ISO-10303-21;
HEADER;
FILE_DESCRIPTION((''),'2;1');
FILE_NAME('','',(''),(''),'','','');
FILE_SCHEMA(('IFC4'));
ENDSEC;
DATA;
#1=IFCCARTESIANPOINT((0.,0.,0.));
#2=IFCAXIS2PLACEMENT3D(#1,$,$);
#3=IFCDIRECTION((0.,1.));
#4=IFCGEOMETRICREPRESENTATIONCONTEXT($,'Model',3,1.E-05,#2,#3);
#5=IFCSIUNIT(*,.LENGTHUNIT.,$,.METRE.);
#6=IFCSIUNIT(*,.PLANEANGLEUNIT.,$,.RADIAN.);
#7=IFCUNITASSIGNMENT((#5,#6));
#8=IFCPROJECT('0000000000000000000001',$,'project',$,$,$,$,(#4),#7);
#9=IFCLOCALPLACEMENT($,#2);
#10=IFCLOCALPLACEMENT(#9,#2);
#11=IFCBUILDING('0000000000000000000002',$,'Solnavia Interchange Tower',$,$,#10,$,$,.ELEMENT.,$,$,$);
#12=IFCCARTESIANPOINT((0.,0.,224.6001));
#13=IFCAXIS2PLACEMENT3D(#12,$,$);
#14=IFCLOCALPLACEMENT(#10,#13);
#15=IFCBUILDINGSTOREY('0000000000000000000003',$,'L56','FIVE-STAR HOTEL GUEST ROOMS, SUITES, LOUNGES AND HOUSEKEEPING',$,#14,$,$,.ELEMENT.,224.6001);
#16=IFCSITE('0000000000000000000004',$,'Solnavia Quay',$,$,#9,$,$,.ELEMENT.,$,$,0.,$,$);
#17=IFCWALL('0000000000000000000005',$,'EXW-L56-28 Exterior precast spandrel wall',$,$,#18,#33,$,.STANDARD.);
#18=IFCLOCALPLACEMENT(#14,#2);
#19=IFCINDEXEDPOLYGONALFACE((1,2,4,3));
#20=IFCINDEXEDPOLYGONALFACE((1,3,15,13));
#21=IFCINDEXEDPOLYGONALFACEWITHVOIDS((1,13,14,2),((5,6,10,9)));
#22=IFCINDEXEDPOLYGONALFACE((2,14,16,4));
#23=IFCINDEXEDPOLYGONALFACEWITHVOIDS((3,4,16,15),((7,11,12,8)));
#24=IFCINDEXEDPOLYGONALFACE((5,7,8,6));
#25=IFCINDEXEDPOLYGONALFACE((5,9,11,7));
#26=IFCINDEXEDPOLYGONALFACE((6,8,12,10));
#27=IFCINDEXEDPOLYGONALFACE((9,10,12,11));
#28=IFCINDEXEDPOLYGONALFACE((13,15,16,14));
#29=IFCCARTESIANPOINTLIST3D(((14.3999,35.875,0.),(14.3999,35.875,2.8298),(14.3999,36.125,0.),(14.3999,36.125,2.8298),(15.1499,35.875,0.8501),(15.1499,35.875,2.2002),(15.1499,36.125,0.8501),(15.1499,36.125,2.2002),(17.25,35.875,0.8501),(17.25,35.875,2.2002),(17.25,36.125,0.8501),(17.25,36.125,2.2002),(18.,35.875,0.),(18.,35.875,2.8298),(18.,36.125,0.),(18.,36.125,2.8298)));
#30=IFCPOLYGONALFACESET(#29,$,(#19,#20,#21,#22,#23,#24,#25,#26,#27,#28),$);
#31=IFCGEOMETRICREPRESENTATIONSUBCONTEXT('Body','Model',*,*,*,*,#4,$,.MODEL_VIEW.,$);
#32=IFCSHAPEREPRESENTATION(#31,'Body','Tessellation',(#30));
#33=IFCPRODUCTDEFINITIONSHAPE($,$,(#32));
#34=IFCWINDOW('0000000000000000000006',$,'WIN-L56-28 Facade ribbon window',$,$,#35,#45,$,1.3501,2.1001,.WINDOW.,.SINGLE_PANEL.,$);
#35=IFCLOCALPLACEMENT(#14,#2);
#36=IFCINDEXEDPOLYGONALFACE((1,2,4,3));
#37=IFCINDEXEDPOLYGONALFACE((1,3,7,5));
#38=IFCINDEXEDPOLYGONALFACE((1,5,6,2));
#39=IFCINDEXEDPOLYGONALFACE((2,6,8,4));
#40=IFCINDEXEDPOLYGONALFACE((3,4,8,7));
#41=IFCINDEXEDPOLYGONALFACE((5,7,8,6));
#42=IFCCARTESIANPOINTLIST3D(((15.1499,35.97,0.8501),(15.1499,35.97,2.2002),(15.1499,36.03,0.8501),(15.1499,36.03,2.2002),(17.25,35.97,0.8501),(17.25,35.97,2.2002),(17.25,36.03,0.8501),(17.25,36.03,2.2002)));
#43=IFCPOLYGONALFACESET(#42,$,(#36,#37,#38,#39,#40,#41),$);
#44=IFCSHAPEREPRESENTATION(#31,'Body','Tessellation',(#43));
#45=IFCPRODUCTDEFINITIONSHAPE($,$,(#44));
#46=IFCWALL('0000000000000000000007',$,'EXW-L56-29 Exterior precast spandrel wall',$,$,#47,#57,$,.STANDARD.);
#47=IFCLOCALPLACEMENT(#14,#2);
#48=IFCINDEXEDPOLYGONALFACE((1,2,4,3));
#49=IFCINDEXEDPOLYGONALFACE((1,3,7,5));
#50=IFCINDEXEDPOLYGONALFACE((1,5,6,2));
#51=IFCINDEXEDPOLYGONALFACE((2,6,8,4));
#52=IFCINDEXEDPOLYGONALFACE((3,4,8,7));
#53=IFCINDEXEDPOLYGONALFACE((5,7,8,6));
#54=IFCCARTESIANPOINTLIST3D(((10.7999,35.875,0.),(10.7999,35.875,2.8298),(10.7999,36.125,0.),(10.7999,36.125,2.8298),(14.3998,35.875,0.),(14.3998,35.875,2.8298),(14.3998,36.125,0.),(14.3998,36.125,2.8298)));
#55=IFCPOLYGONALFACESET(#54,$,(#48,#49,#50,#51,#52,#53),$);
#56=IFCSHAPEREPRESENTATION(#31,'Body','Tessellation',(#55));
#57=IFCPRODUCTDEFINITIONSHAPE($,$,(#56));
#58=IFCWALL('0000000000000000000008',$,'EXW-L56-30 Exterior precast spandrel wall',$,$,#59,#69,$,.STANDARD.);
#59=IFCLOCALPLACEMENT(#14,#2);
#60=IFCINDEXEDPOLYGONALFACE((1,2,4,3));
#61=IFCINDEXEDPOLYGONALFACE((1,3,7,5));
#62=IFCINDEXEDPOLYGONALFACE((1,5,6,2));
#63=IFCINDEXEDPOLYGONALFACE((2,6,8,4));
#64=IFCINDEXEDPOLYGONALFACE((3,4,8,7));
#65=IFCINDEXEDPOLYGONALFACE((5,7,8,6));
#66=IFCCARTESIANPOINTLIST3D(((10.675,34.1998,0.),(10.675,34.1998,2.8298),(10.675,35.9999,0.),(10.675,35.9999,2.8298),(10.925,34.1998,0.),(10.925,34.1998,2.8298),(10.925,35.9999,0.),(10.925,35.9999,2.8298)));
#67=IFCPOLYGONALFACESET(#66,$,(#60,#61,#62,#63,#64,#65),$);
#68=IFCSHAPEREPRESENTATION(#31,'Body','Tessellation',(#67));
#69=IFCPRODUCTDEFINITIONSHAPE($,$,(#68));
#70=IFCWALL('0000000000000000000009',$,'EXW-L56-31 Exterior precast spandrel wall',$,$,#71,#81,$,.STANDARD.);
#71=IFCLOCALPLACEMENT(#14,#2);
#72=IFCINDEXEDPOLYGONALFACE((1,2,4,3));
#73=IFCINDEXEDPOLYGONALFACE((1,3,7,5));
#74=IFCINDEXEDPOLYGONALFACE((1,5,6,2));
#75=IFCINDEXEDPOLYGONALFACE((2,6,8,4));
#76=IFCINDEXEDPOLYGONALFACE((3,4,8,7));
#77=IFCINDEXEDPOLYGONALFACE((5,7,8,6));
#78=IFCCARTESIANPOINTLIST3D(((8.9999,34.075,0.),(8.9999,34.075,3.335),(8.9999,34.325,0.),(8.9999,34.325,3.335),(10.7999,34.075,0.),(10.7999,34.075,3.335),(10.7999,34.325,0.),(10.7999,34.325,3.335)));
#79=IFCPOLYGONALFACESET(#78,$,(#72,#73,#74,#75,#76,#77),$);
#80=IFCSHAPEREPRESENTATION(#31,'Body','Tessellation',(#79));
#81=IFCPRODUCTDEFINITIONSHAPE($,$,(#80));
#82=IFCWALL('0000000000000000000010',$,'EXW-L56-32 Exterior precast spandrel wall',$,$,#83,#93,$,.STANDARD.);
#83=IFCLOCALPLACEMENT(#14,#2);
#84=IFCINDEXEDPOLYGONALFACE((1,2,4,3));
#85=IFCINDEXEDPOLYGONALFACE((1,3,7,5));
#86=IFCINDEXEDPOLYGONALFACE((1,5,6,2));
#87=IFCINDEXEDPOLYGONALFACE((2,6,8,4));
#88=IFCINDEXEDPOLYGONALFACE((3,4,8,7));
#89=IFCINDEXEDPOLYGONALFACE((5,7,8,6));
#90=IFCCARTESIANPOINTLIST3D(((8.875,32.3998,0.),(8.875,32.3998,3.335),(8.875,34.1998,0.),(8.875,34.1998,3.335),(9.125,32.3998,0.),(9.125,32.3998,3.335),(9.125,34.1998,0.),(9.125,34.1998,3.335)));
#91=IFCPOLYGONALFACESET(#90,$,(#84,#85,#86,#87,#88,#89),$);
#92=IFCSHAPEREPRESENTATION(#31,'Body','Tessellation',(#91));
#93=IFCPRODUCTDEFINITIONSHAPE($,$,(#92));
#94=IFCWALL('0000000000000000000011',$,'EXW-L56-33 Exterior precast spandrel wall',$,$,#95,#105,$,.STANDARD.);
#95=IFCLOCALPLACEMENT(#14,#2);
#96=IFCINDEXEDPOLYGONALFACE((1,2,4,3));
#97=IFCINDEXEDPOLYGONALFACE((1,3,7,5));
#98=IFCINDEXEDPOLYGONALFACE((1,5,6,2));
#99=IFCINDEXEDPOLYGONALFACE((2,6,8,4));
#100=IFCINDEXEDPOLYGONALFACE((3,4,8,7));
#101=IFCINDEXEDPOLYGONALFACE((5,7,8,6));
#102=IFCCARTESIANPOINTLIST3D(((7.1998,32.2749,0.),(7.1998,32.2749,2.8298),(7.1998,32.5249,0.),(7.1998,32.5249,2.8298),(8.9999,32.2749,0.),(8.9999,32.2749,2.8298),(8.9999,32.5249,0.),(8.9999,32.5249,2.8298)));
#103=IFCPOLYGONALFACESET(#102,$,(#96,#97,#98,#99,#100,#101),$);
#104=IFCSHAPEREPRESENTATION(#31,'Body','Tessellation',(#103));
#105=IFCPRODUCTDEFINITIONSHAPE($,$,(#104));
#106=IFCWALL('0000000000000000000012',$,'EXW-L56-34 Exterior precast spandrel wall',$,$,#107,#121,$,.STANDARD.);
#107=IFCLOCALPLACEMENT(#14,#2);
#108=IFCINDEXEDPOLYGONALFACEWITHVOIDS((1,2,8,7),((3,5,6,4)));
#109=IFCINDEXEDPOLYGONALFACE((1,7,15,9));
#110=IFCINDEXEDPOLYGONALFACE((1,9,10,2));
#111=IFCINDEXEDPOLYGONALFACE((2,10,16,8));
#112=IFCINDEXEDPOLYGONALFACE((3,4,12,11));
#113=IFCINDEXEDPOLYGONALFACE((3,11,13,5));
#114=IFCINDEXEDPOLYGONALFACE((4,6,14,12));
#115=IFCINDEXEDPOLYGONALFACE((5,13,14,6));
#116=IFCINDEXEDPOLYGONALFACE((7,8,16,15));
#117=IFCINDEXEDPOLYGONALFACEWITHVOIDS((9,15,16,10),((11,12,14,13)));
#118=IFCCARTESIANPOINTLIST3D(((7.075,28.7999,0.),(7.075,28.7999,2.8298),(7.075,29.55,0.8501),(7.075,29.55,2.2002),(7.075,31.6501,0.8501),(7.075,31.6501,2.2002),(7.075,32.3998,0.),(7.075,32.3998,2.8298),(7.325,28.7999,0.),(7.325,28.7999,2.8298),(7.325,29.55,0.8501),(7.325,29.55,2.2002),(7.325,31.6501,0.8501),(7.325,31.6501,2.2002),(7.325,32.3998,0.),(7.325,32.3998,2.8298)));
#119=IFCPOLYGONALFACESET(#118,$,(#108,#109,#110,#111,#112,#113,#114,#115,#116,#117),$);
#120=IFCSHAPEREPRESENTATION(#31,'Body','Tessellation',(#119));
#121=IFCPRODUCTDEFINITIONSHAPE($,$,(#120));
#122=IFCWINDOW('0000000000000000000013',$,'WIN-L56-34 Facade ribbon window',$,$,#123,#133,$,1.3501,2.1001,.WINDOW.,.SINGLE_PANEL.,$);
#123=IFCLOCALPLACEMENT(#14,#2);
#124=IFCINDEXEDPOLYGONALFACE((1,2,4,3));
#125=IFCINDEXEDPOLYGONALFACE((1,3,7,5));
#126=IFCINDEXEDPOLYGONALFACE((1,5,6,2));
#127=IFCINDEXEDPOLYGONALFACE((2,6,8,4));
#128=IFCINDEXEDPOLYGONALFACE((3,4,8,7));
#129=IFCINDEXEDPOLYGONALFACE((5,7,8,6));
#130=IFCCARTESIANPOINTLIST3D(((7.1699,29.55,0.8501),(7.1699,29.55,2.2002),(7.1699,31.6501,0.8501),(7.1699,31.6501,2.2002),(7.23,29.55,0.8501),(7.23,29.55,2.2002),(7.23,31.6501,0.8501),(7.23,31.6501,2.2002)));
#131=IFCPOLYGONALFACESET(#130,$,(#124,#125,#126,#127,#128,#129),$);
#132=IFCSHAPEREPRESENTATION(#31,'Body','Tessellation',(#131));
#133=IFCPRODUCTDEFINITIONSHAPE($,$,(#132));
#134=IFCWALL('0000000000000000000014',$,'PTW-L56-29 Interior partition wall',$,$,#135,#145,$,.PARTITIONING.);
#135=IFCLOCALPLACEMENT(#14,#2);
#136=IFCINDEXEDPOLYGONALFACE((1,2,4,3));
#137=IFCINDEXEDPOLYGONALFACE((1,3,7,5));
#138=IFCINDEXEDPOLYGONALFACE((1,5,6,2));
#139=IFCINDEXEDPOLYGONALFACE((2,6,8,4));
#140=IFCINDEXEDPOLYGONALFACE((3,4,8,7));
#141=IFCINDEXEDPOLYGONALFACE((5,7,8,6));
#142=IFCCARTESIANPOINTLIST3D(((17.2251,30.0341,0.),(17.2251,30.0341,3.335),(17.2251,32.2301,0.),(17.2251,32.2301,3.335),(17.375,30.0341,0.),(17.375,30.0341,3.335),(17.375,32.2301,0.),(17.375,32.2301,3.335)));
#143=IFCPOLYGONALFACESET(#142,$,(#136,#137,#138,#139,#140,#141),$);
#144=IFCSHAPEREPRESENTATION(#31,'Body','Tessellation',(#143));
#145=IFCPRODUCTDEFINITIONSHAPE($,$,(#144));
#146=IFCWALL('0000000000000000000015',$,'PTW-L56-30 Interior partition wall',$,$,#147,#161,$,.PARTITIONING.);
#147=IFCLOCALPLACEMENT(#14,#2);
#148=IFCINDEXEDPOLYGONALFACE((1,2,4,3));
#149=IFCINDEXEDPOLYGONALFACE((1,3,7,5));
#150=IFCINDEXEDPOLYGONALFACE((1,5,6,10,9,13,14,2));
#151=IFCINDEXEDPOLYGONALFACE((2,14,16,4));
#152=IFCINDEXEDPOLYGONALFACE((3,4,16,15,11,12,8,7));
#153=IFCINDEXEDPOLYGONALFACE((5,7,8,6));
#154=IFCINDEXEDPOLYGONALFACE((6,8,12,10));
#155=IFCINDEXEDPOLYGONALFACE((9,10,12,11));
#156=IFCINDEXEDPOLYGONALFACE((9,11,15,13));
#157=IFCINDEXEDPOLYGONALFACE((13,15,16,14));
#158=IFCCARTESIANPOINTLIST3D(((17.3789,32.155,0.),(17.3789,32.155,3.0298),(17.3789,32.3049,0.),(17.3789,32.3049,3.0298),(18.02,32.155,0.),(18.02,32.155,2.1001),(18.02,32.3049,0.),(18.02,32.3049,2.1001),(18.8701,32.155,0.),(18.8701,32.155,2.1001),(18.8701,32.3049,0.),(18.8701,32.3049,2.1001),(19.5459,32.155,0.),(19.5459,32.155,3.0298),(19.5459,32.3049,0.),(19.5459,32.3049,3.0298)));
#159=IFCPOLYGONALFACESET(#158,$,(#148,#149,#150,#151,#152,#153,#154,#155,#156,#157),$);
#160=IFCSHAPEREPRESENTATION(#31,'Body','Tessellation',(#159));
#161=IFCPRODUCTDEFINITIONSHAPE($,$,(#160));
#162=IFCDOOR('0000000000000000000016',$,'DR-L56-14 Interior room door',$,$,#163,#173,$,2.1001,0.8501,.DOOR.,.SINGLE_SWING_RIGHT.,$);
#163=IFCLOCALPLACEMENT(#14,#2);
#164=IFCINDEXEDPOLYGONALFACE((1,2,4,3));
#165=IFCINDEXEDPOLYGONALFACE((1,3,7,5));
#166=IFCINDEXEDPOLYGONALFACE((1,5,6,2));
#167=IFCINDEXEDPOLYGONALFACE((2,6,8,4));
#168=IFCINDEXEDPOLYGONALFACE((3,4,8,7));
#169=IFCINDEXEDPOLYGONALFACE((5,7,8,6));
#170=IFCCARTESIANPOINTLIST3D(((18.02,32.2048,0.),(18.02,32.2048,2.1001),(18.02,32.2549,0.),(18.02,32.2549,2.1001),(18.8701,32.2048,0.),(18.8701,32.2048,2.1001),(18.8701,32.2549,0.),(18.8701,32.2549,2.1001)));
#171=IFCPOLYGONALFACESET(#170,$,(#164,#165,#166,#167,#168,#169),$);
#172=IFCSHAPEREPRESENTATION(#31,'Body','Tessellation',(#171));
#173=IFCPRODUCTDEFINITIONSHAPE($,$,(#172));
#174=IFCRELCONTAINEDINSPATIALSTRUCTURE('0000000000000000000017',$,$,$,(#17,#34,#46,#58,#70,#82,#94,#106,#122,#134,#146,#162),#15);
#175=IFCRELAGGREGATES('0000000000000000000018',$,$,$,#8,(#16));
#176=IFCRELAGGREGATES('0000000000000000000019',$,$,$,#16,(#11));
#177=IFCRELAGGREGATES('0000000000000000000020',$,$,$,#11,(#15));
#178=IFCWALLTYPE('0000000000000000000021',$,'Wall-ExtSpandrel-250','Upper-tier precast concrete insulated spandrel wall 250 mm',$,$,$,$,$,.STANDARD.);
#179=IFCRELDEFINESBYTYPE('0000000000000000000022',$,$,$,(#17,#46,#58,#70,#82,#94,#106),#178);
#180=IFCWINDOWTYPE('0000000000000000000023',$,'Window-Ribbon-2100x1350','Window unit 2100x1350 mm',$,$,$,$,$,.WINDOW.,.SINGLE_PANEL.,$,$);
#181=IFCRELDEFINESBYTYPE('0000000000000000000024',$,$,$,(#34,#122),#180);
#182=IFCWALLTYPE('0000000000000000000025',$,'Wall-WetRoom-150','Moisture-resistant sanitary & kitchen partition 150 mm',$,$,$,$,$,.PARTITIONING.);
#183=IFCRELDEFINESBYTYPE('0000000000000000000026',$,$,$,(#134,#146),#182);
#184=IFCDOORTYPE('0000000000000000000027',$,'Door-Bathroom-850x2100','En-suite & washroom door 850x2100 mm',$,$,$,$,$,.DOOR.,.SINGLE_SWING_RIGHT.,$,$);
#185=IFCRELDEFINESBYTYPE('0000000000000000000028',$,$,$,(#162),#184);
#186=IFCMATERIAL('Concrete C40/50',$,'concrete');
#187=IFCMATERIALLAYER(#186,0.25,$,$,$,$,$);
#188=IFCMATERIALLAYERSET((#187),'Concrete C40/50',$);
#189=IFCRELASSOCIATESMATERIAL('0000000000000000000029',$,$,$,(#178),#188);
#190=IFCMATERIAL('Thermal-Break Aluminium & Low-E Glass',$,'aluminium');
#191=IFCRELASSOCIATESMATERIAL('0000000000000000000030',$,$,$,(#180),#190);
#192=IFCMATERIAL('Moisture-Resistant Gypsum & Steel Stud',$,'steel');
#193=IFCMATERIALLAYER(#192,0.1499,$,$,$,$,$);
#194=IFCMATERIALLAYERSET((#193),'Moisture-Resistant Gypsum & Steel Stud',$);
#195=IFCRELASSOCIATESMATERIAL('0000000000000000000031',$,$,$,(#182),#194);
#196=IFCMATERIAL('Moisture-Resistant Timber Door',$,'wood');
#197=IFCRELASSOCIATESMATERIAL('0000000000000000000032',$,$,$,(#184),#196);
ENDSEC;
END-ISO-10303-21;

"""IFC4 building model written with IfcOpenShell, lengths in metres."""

from ifc_helpers import new_model, si_unit, direction, frame, frame_2d, origin, place, context, subcontext, project, spatial, rectangle, extrude, material, layer, layer_set, type_object, element, fill, save


model = new_model("IFC4")

# Units and contexts
model_context = context("Model", 3, precision=1e-05, world=origin(), true_north=direction((0.0, 1.0)))
body_context = subcontext(model_context, "Body", "Model", "MODEL_VIEW")
ifc_project = project(units=[si_unit("LENGTHUNIT", "METRE"), si_unit("PLANEANGLEUNIT", "RADIAN")], contexts=[model_context])

# Site, building, storey
site_placement = place(None, origin())
site = spatial("IfcSite", under=ifc_project, at=site_placement, Name="Solnavia Quay", CompositionType="ELEMENT", RefElevation=0.0)
building_placement = place(site_placement, origin())
building = spatial("IfcBuilding", under=site, at=building_placement, Name="Solnavia Interchange Tower", CompositionType="ELEMENT")
storey_placement = place(building_placement, frame((0.0, 0.0, 224.6001)))
storey = spatial("IfcBuildingStorey", under=building, at=storey_placement, Name="L56", Description="FIVE-STAR HOTEL GUEST ROOMS, SUITES, LOUNGES AND HOUSEKEEPING", CompositionType="ELEMENT", Elevation=224.6001)

# Shared definitions
ifc_material_1 = material(Name="Concrete C40/50", Category="concrete")
ifc_layer_1 = layer(ifc_material_1, 0.25)
ifc_layer_set_1 = layer_set([ifc_layer_1], Name="Concrete C40/50")
wall_type_1 = type_object("IfcWallType", Name="Wall-ExtSpandrel-250", Description="Upper-tier precast concrete insulated spandrel wall 250 mm", PredefinedType="STANDARD", material=ifc_layer_set_1)

# Wall, opening, window
wall_1_placement = place(storey_placement, frame((14.3999, 36.0, 0.0), z_axis=(0.0, 0.0, 1.0), x_axis=(1.0, 0.0, 0.0)))
wall_1 = element("IfcWall", 1, at=wall_1_placement, inside=storey, type_object=wall_type_1, Name="EXW-L56-28 Exterior precast spandrel wall", PredefinedType="STANDARD", context=body_context, shape_type="SweptSolid", body=[
    extrude(rectangle(XDim=3.6001, YDim=0.25, at=frame_2d((1.8, 0.0))), origin(), (0.0, 0.0, 1.0), 2.8298),
])
opening_1_placement = place(wall_1_placement, frame((0.75, 0.0, 0.8501)))
opening_1 = element("IfcOpeningElement", 2, at=opening_1_placement, cuts=wall_1, PredefinedType="OPENING", context=body_context, shape_type="SweptSolid", body=[
    extrude(rectangle(XDim=2.1001, YDim=1.3501, at=frame_2d((1.05, 0.675))), frame((0.0, 0.135, 0.0), z_axis=(0.0, -1.0, 0.0), x_axis=(1.0, 0.0, 0.0)), (0.0, 0.0, 1.0), 0.27),
])
ifc_material_2 = material(Name="Thermal-Break Aluminium & Low-E Glass", Category="aluminium")
window_type = type_object("IfcWindowType", Name="Window-Ribbon-2100x1350", Description="Window unit 2100x1350 mm", PartitioningType="SINGLE_PANEL", PredefinedType="WINDOW", material=ifc_material_2)
window_1_placement = place(opening_1_placement, origin())
window_1 = element("IfcWindow", 3, at=window_1_placement, inside=storey, type_object=window_type, Name="WIN-L56-28 Facade ribbon window", OverallHeight=1.3501, OverallWidth=2.1001, PartitioningType="SINGLE_PANEL", PredefinedType="WINDOW", context=body_context, shape_type="SweptSolid", body=[
    extrude(rectangle(XDim=2.1001, YDim=1.3501, at=frame_2d((1.05, 0.675))), frame((0.0, 0.03, 0.0), z_axis=(0.0, -1.0, 0.0), x_axis=(1.0, 0.0, 0.0)), (0.0, 0.0, 1.0), 0.0601),
])
fill(opening_1, window_1)

# Walls
wall_2_placement = place(storey_placement, frame((10.8, 36.0, 0.0), z_axis=(0.0, 0.0, 1.0), x_axis=(1.0, 0.0, 0.0)))
element("IfcWall", 4, at=wall_2_placement, inside=storey, type_object=wall_type_1, Name="EXW-L56-29 Exterior precast spandrel wall", PredefinedType="STANDARD", context=body_context, shape_type="SweptSolid", body=[
    extrude(rectangle(XDim=3.5999, YDim=0.25, at=frame_2d((1.7998, 0.0))), origin(), (0.0, 0.0, 1.0), 2.8298),
])
wall_3_placement = place(storey_placement, frame((10.8, 34.2, 0.0), z_axis=(0.0, 0.0, 1.0), x_axis=(0.0, 1.0, 0.0)))
element("IfcWall", 5, at=wall_3_placement, inside=storey, type_object=wall_type_1, Name="EXW-L56-30 Exterior precast spandrel wall", PredefinedType="STANDARD", context=body_context, shape_type="SweptSolid", body=[
    extrude(rectangle(XDim=1.8, YDim=0.25, at=frame_2d((0.8999, 0.0))), origin(), (0.0, 0.0, 1.0), 2.8298),
])
for number, where, z_axis, x_axis, name in (
    (6, (9.0, 34.2, 0.0), (0.0, 0.0, 1.0), (1.0, 0.0, 0.0), "EXW-L56-31 Exterior precast spandrel wall"),
    (7, (9.0, 32.3999, 0.0), (0.0, 0.0, 1.0), (0.0, 1.0, 0.0), "EXW-L56-32 Exterior precast spandrel wall"),
):
    element("IfcWall", number, at=place(storey_placement, frame(where, z_axis=z_axis, x_axis=x_axis)), inside=storey, type_object=wall_type_1, Name=name, PredefinedType="STANDARD", context=body_context, shape_type="SweptSolid", body=[
        extrude(rectangle(XDim=1.8, YDim=0.25, at=frame_2d((0.8999, 0.0))), origin(), (0.0, 0.0, 1.0), 3.335),
    ])
wall_4_placement = place(storey_placement, frame((7.2, 32.3999, 0.0), z_axis=(0.0, 0.0, 1.0), x_axis=(1.0, 0.0, 0.0)))
element("IfcWall", 8, at=wall_4_placement, inside=storey, type_object=wall_type_1, Name="EXW-L56-33 Exterior precast spandrel wall", PredefinedType="STANDARD", context=body_context, shape_type="SweptSolid", body=[
    extrude(rectangle(XDim=1.8, YDim=0.25, at=frame_2d((0.8999, 0.0))), origin(), (0.0, 0.0, 1.0), 2.8298),
])

# Wall, opening, window
wall_5_placement = place(storey_placement, frame((7.2, 28.8, 0.0), z_axis=(0.0, 0.0, 1.0), x_axis=(0.0, 1.0, 0.0)))
wall_5 = element("IfcWall", 9, at=wall_5_placement, inside=storey, type_object=wall_type_1, Name="EXW-L56-34 Exterior precast spandrel wall", PredefinedType="STANDARD", context=body_context, shape_type="SweptSolid", body=[
    extrude(rectangle(XDim=3.5999, YDim=0.25, at=frame_2d((1.7998, 0.0))), origin(), (0.0, 0.0, 1.0), 2.8298),
])
opening_2_placement = place(wall_5_placement, frame((0.75, 0.0, 0.8501)))
opening_2 = element("IfcOpeningElement", 10, at=opening_2_placement, cuts=wall_5, PredefinedType="OPENING", context=body_context, shape_type="SweptSolid", body=[
    extrude(rectangle(XDim=2.1001, YDim=1.3501, at=frame_2d((1.05, 0.675))), frame((0.0, 0.135, 0.0), z_axis=(0.0, -1.0, 0.0), x_axis=(1.0, 0.0, 0.0)), (0.0, 0.0, 1.0), 0.27),
])
window_2_placement = place(opening_2_placement, origin())
window_2 = element("IfcWindow", 11, at=window_2_placement, inside=storey, type_object=window_type, Name="WIN-L56-34 Facade ribbon window", OverallHeight=1.3501, OverallWidth=2.1001, PartitioningType="SINGLE_PANEL", PredefinedType="WINDOW", context=body_context, shape_type="SweptSolid", body=[
    extrude(rectangle(XDim=2.1001, YDim=1.3501, at=frame_2d((1.05, 0.675))), frame((0.0, 0.03, 0.0), z_axis=(0.0, -1.0, 0.0), x_axis=(1.0, 0.0, 0.0)), (0.0, 0.0, 1.0), 0.0601),
])
fill(opening_2, window_2)

# Wall
ifc_material_3 = material(Name="Moisture-Resistant Gypsum & Steel Stud", Category="steel")
ifc_layer_2 = layer(ifc_material_3, 0.1499)
ifc_layer_set_2 = layer_set([ifc_layer_2], Name="Moisture-Resistant Gypsum & Steel Stud")
wall_type_2 = type_object("IfcWallType", Name="Wall-WetRoom-150", Description="Moisture-resistant sanitary & kitchen partition 150 mm", PredefinedType="PARTITIONING", material=ifc_layer_set_2)
wall_6_placement = place(storey_placement, frame((17.3, 30.0339, 0.0), z_axis=(0.0, 0.0, 1.0), x_axis=(0.0, 1.0, 0.0)))
element("IfcWall", 12, at=wall_6_placement, inside=storey, type_object=wall_type_2, Name="PTW-L56-29 Interior partition wall", PredefinedType="PARTITIONING", context=body_context, shape_type="SweptSolid", body=[
    extrude(rectangle(XDim=2.196, YDim=0.1499, at=frame_2d((1.0981, 0.0))), origin(), (0.0, 0.0, 1.0), 3.335),
])

# Wall, opening, door
wall_7_placement = place(storey_placement, frame((17.3789, 32.23, 0.0), z_axis=(0.0, 0.0, 1.0), x_axis=(1.0, 0.0, 0.0)))
wall_7 = element("IfcWall", 13, at=wall_7_placement, inside=storey, type_object=wall_type_2, Name="PTW-L56-30 Interior partition wall", PredefinedType="PARTITIONING", context=body_context, shape_type="SweptSolid", body=[
    extrude(rectangle(XDim=2.167, YDim=0.1499, at=frame_2d((1.0835, 0.0))), origin(), (0.0, 0.0, 1.0), 3.0298),
])
opening_3_placement = place(wall_7_placement, frame((0.6411, 0.0, 0.0)))
opening_3 = element("IfcOpeningElement", 14, at=opening_3_placement, cuts=wall_7, PredefinedType="OPENING", context=body_context, shape_type="SweptSolid", body=[
    extrude(rectangle(XDim=0.8501, YDim=2.1001, at=frame_2d((0.425, 1.05))), frame((0.0, 0.085, 0.0), z_axis=(0.0, -1.0, 0.0), x_axis=(1.0, 0.0, 0.0)), (0.0, 0.0, 1.0), 0.1699),
])
ifc_material_4 = material(Name="Moisture-Resistant Timber Door", Category="wood")
door_type_1 = type_object("IfcDoorType", Name="Door-Bathroom-850x2100", Description="En-suite & washroom door 850x2100 mm", OperationType="SINGLE_SWING_RIGHT", PredefinedType="DOOR", material=ifc_material_4)
door_1_placement = place(opening_3_placement, origin())
door_1 = element("IfcDoor", 15, at=door_1_placement, inside=storey, type_object=door_type_1, Name="DR-L56-14 Interior room door", OperationType="SINGLE_SWING_RIGHT", OverallHeight=2.1001, OverallWidth=0.8501, PredefinedType="DOOR", context=body_context, shape_type="SweptSolid", body=[
    extrude(rectangle(XDim=0.8501, YDim=2.1001, at=frame_2d((0.425, 1.05))), frame((0.0, 0.0249, 0.0), z_axis=(0.0, -1.0, 0.0), x_axis=(1.0, 0.0, 0.0)), (0.0, 0.0, 1.0), 0.05),
])
fill(opening_3, door_1)

save(model, "model.ifc")
